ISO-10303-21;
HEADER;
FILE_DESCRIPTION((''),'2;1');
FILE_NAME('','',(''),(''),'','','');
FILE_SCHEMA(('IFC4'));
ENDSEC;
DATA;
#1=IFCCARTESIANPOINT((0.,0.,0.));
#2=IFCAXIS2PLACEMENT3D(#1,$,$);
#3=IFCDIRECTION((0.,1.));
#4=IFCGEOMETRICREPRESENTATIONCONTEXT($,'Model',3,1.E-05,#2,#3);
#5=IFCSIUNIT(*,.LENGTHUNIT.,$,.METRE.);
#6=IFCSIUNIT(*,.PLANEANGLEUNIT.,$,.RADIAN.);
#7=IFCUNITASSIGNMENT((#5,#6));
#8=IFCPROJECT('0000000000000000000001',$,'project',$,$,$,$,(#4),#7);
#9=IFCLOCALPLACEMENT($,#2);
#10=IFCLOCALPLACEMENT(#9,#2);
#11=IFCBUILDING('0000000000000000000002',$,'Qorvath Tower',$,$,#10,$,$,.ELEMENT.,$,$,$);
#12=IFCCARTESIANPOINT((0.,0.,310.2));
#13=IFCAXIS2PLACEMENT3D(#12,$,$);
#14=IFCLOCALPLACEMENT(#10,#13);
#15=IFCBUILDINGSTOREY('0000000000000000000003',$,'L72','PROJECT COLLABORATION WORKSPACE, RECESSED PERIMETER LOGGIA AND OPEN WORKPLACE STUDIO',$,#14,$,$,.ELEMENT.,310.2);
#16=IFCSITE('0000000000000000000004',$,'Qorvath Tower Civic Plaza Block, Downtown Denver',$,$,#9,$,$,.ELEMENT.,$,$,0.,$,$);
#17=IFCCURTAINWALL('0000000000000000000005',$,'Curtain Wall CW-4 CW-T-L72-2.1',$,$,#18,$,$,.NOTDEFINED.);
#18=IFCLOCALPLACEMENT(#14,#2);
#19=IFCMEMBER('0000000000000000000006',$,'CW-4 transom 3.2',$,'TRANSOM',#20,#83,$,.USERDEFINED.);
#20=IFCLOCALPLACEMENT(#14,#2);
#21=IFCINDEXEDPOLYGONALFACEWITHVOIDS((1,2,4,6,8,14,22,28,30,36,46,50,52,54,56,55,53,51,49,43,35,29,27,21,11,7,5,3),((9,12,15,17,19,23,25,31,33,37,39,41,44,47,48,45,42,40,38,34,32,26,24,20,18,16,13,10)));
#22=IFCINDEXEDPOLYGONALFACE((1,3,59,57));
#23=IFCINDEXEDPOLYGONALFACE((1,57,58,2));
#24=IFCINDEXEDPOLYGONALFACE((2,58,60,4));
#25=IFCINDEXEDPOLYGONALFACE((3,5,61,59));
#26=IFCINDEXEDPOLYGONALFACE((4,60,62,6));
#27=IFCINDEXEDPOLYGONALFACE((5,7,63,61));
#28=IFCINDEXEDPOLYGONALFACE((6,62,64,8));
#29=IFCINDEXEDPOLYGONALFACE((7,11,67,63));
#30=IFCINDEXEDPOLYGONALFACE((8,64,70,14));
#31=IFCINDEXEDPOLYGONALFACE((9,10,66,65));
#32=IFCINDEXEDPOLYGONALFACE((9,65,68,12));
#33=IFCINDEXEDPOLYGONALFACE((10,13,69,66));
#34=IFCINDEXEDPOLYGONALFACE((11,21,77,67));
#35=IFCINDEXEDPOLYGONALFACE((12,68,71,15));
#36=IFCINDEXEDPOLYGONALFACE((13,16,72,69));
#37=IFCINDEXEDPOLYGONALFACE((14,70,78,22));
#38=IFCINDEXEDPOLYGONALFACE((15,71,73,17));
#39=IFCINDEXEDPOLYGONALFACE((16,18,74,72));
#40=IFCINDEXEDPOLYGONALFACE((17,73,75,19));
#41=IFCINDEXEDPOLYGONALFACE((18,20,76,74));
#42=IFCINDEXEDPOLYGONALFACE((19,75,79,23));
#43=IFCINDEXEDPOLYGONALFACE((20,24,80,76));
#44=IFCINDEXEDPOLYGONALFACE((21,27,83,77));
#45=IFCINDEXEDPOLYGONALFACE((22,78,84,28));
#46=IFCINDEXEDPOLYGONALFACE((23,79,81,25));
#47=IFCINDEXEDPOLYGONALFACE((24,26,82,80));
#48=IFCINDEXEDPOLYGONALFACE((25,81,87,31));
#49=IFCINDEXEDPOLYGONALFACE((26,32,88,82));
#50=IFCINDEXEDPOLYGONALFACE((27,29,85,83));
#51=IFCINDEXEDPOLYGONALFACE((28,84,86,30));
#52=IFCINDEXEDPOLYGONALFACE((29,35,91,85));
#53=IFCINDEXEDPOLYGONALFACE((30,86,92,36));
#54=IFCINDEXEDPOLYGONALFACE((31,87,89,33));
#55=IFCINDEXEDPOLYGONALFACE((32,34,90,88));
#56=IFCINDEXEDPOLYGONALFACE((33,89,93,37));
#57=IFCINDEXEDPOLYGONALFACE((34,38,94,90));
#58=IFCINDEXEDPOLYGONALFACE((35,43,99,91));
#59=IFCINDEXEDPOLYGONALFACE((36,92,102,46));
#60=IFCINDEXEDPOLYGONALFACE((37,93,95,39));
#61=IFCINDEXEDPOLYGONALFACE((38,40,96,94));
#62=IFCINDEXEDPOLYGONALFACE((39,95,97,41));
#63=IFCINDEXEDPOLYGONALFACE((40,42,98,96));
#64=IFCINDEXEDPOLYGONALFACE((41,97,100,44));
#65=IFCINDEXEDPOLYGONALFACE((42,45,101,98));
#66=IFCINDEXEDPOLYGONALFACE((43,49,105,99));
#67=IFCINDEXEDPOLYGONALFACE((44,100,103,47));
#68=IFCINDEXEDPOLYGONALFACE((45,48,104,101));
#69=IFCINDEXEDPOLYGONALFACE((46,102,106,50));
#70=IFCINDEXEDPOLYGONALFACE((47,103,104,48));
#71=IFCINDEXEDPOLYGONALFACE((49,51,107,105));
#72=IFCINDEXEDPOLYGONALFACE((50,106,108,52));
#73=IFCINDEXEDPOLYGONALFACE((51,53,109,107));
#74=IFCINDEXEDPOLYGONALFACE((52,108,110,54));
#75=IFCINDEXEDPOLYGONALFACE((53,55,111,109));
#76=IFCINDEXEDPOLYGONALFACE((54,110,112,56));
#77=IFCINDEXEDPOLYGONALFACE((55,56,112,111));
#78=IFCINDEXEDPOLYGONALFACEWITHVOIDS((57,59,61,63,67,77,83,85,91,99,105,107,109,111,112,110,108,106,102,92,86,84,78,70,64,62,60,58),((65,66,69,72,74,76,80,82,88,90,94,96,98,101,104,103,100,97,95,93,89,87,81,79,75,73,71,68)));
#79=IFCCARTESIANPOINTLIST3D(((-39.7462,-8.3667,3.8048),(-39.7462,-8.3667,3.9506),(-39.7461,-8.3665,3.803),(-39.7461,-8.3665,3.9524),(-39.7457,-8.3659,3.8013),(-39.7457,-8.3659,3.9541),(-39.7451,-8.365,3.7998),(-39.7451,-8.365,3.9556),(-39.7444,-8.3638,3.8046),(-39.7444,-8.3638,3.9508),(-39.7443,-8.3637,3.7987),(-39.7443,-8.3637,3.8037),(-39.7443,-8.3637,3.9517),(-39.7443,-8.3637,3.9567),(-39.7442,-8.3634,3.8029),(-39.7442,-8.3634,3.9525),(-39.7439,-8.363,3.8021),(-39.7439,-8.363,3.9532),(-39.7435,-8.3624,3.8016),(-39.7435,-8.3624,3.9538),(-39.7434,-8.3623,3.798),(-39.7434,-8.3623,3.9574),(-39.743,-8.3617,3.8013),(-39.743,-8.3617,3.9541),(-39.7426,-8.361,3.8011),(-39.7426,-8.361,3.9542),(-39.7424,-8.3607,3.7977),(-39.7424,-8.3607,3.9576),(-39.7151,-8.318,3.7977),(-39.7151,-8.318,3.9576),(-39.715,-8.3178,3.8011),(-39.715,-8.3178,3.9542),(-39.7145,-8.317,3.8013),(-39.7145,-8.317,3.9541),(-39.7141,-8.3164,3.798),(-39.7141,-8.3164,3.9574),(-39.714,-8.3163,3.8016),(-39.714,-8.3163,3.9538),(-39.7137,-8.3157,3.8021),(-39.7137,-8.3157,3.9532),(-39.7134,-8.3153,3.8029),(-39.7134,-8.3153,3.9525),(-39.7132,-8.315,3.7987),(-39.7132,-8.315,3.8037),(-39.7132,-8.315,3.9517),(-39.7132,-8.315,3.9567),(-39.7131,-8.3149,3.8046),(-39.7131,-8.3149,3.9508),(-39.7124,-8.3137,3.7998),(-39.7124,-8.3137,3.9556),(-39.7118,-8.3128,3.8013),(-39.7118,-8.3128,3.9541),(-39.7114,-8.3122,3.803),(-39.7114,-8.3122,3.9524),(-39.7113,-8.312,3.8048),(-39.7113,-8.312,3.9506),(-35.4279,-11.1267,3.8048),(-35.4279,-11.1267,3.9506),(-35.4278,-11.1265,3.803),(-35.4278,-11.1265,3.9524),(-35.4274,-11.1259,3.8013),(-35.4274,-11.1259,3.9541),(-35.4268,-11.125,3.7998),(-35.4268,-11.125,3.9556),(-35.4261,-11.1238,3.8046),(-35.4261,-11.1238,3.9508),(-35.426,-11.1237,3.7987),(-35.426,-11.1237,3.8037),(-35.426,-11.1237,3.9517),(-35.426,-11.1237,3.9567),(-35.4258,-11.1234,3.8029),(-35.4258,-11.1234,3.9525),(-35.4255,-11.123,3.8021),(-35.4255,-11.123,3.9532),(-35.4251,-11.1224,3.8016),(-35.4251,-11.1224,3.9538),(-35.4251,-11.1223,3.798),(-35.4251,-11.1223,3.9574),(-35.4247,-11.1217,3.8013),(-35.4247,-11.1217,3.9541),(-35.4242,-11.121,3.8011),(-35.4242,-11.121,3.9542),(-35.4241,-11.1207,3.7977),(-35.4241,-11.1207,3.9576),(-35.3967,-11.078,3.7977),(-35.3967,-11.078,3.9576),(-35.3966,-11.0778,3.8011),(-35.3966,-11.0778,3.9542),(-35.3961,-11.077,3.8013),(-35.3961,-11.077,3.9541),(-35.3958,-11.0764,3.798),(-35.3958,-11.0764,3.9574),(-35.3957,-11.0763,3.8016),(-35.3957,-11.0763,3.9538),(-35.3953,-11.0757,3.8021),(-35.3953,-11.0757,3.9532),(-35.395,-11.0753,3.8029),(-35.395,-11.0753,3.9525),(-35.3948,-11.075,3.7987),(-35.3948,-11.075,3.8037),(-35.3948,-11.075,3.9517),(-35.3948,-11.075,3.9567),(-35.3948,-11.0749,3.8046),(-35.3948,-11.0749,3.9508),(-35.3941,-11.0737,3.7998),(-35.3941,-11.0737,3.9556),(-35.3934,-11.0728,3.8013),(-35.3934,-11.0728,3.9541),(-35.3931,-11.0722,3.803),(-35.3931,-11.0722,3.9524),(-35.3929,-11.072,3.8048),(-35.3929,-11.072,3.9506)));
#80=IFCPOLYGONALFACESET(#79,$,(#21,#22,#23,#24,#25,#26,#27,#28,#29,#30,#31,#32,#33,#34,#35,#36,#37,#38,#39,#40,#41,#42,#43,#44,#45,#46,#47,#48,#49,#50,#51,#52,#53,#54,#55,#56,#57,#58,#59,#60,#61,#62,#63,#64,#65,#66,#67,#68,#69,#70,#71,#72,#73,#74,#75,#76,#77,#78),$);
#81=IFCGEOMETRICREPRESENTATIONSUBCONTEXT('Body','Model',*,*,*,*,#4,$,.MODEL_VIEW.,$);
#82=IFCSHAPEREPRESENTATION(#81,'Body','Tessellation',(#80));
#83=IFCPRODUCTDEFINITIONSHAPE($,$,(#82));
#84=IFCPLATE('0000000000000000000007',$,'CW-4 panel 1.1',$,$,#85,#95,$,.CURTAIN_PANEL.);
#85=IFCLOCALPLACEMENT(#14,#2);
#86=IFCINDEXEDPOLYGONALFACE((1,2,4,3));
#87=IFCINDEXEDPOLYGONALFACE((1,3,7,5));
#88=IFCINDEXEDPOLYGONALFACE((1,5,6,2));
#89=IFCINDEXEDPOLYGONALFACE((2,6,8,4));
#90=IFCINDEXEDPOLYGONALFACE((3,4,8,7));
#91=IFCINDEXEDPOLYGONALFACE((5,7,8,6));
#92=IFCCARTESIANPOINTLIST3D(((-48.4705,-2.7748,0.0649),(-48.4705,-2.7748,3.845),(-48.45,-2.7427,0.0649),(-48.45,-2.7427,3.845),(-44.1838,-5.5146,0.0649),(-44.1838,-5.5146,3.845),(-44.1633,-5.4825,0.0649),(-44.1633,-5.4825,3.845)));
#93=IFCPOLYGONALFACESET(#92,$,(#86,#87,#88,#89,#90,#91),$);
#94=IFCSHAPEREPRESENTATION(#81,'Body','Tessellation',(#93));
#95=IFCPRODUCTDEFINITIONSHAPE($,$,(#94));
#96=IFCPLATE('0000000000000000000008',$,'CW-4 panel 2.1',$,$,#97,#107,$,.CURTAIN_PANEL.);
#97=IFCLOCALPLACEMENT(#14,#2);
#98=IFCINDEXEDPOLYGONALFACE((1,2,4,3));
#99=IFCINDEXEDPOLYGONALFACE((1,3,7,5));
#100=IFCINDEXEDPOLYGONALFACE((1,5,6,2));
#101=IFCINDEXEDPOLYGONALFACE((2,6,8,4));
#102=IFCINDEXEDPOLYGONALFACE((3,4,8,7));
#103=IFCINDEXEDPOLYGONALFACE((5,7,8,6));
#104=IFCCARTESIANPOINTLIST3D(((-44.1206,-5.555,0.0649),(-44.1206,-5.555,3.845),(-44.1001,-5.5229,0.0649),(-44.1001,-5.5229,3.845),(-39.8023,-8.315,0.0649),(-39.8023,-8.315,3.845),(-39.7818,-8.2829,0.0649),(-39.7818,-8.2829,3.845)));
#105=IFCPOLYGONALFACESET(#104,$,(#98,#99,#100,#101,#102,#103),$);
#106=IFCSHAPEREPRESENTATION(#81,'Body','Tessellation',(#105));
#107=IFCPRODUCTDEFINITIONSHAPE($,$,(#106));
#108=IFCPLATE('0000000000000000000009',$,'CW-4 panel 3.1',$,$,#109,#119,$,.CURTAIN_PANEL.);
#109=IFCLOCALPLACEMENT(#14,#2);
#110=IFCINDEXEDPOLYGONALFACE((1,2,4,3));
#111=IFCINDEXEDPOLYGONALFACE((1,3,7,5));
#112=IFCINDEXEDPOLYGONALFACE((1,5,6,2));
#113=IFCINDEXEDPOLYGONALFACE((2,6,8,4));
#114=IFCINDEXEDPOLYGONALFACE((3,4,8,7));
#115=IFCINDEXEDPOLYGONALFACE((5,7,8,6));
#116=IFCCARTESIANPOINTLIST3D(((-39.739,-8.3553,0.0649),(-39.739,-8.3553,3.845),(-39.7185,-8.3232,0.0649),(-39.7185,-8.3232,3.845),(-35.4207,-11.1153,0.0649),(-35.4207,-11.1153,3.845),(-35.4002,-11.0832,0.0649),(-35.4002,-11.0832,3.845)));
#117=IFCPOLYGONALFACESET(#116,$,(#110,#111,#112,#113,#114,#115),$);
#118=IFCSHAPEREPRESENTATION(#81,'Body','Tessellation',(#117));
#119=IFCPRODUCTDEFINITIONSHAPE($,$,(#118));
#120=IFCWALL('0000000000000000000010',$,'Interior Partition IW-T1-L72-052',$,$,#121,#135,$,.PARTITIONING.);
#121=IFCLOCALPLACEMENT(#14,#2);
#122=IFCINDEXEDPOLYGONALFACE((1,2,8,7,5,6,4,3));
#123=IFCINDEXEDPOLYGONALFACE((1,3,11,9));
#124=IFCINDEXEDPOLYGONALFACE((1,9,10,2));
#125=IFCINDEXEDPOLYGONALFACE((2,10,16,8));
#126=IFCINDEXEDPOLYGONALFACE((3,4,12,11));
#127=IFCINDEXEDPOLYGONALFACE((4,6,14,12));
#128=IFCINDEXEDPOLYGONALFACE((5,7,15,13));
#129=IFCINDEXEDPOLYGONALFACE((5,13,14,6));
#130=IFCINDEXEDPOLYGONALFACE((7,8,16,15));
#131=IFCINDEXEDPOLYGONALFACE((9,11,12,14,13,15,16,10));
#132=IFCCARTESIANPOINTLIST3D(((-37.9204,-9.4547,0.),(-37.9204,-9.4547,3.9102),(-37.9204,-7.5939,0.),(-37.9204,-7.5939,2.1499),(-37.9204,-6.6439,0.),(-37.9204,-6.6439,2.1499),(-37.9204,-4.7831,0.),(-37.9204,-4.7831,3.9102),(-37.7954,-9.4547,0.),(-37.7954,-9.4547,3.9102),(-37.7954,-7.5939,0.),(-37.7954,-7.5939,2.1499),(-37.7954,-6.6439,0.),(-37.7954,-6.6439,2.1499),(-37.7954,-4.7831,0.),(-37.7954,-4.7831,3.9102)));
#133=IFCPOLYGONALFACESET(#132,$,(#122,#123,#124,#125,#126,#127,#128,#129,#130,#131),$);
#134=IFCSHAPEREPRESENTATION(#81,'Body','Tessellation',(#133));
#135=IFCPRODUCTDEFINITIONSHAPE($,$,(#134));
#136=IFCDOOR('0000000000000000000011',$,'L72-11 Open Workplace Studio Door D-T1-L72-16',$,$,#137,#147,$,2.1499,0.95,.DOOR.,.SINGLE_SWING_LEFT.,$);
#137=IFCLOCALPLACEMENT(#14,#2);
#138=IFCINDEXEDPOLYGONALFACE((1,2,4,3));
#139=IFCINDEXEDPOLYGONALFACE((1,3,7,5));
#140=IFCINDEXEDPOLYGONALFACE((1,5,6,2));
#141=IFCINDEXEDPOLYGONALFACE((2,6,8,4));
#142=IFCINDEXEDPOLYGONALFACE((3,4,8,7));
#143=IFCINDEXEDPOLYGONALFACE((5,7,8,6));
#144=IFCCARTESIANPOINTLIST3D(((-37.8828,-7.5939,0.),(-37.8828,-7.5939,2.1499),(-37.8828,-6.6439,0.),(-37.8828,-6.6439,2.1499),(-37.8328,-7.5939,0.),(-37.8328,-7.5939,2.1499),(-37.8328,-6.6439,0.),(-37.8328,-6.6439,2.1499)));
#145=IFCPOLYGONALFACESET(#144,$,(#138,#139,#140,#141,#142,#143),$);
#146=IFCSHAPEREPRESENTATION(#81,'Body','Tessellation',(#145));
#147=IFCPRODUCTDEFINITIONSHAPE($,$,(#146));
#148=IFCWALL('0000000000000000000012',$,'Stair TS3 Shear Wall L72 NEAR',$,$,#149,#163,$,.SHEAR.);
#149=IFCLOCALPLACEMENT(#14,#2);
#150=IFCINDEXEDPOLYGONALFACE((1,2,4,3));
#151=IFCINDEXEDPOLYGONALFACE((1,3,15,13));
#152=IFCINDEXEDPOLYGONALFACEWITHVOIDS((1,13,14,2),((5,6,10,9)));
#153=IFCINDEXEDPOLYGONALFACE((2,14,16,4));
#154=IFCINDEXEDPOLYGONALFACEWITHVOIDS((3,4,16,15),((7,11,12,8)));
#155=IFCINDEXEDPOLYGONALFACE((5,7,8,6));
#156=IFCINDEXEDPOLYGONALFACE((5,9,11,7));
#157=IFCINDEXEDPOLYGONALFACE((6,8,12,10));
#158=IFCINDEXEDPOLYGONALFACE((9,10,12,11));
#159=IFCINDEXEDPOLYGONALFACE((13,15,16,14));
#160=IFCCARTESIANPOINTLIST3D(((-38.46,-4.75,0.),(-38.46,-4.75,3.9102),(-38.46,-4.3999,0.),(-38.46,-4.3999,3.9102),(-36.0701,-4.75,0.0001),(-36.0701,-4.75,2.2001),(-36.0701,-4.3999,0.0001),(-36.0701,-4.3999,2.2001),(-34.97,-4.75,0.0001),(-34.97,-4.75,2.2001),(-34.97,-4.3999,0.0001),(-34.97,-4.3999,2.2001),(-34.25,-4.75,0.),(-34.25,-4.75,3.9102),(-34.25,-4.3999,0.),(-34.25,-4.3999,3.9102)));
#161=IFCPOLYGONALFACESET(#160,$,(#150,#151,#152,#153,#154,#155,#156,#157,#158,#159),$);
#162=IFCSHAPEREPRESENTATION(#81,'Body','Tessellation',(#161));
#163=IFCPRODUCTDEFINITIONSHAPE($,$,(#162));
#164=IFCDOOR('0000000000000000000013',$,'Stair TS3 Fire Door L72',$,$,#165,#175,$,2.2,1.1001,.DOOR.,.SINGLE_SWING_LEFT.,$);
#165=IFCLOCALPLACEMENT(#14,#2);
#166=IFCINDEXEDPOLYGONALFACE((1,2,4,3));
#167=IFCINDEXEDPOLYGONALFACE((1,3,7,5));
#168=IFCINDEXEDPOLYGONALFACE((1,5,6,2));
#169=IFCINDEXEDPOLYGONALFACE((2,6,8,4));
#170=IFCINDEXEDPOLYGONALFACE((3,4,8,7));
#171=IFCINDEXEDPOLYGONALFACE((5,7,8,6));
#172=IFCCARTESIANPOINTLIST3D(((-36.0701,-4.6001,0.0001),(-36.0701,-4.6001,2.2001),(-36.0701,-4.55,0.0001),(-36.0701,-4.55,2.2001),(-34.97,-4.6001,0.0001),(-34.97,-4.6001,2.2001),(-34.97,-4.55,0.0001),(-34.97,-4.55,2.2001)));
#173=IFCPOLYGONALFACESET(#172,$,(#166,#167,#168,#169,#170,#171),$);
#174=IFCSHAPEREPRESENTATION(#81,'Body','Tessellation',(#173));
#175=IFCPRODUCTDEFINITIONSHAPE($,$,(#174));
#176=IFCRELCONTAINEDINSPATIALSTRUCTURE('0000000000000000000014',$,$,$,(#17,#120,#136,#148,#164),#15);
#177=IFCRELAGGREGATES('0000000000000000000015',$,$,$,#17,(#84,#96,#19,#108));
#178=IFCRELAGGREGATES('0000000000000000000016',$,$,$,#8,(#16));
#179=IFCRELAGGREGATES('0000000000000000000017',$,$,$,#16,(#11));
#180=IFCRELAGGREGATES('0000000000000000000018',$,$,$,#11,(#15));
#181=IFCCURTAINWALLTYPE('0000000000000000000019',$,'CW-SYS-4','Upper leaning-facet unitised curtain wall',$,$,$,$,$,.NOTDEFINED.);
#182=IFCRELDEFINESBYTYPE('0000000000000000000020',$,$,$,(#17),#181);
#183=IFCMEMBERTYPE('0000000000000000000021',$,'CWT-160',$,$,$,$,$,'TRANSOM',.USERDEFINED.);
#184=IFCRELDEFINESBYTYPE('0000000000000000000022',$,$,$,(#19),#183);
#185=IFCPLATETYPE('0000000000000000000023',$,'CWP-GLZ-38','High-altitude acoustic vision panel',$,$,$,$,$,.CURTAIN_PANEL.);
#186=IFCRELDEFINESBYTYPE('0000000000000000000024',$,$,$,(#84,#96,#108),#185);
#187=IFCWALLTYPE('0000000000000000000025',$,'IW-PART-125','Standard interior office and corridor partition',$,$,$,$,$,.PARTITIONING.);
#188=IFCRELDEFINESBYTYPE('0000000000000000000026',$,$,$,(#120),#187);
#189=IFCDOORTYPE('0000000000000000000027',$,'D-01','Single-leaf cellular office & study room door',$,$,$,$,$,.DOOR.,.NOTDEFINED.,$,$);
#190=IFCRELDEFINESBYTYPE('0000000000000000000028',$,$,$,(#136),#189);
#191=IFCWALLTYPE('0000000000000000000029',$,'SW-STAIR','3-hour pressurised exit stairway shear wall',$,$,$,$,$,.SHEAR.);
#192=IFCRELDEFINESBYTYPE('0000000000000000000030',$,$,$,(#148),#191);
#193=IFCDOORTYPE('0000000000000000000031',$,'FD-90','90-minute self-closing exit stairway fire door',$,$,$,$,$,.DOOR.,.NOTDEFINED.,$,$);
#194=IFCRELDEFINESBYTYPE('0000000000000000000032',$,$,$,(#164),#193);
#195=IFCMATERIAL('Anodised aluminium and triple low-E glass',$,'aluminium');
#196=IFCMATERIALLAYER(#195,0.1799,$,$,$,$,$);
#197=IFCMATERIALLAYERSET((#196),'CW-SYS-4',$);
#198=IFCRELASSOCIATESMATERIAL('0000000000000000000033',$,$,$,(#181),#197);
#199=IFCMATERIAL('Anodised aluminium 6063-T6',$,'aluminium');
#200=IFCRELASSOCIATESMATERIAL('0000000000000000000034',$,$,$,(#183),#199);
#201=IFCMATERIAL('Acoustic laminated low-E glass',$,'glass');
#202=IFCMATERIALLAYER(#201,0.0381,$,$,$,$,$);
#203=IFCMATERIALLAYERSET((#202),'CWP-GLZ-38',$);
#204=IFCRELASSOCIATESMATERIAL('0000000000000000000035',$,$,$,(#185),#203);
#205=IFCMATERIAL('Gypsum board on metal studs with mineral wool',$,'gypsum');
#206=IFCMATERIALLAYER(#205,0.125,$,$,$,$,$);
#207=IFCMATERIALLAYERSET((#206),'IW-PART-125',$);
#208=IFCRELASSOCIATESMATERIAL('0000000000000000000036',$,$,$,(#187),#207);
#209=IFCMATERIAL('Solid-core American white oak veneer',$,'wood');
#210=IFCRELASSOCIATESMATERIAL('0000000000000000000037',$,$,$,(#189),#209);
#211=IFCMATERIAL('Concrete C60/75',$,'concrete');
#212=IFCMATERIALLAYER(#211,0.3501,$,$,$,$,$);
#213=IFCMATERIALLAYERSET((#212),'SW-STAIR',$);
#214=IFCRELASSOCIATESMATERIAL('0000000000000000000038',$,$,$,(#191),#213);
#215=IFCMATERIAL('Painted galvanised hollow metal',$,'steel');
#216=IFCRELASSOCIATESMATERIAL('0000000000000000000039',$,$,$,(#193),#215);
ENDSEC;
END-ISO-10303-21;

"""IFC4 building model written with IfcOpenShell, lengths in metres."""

from ifc_helpers import new_model, si_unit, direction, frame, frame_2d, origin, origin_2d, place, context, subcontext, project, spatial, rectangle, hollow_rectangle, extrude, material, layer, layer_set, material_profile, profile_set, type_object, element, fill, aggregate, save


model = new_model("IFC4")

# Units and contexts
model_context = context("Model", 3, precision=1e-05, world=origin(), true_north=direction((0.0, 1.0)))
body_context = subcontext(model_context, "Body", "Model", "MODEL_VIEW")
ifc_project = project(units=[si_unit("LENGTHUNIT", "METRE"), si_unit("PLANEANGLEUNIT", "RADIAN")], contexts=[model_context])

# Site, building, storey
site_placement = place(None, origin())
site = spatial("IfcSite", under=ifc_project, at=site_placement, Name="Qorvath Tower Civic Plaza Block, Downtown Denver", CompositionType="ELEMENT", RefElevation=0.0)
building_placement = place(site_placement, origin())
building = spatial("IfcBuilding", under=site, at=building_placement, Name="Qorvath Tower", CompositionType="ELEMENT")
storey_placement = place(building_placement, frame((0.0, 0.0, 310.2)))
storey = spatial("IfcBuildingStorey", under=building, at=storey_placement, Name="L72", Description="PROJECT COLLABORATION WORKSPACE, RECESSED PERIMETER LOGGIA AND OPEN WORKPLACE STUDIO", CompositionType="ELEMENT", Elevation=310.2)

# Curtain wall, member, plates
ifc_material_1 = material(Name="Anodised aluminium and triple low-E glass", Category="aluminium")
ifc_layer_1 = layer(ifc_material_1, 0.1799)
ifc_layer_set_1 = layer_set([ifc_layer_1], Name="CW-SYS-4")
curtain_wall_type = type_object("IfcCurtainWallType", Name="CW-SYS-4", Description="Upper leaning-facet unitised curtain wall", PredefinedType="NOTDEFINED", material=ifc_layer_set_1)
curtain_wall_placement = place(storey_placement, origin())
curtain_wall = element("IfcCurtainWall", 1, at=curtain_wall_placement, inside=storey, type_object=curtain_wall_type, Name="Curtain Wall CW-4 CW-T-L72-2.1", PredefinedType="NOTDEFINED")
ifc_material_2 = material(Name="Anodised aluminium 6063-T6", Category="aluminium")
ifc_material_profile_1 = material_profile(ifc_material_2, hollow_rectangle(XDim=0.0649, YDim=0.1599, WallThickness=0.0034, InnerFilletRadius=0.0034, OuterFilletRadius=0.0071, at=origin_2d()), Name="CWT 160x65")
ifc_profile_set_1 = profile_set([ifc_material_profile_1], Name="Anodised aluminium 6063-T6")
member_type_1 = type_object("IfcMemberType", Name="CWT-160", ElementType="TRANSOM", PredefinedType="USERDEFINED", material=ifc_profile_set_1)
member_1_placement = place(storey_placement, frame((-39.7288, -8.3394, 3.8777), z_axis=(0.842603, -0.538536, 0.0), x_axis=(0.538536, 0.842603, 0.0)))
member_1 = element("IfcMember", 2, at=member_1_placement, type_object=member_type_1, Name="CW-4 transom 3.2", ObjectType="TRANSOM", PredefinedType="USERDEFINED", context=body_context, shape_type="SweptSolid", body=[
    extrude(hollow_rectangle(XDim=0.0649, YDim=0.1599, WallThickness=0.0034, InnerFilletRadius=0.0034, OuterFilletRadius=0.0071, at=origin_2d()), origin(), (0.0, 0.0, 1.0), 5.125),
])
ifc_material_3 = material(Name="Acoustic laminated low-E glass", Category="glass")
ifc_layer_2 = layer(ifc_material_3, 0.0381)
ifc_layer_set_2 = layer_set([ifc_layer_2], Name="CWP-GLZ-38")
plate_type = type_object("IfcPlateType", Name="CWP-GLZ-38", Description="High-altitude acoustic vision panel", PredefinedType="CURTAIN_PANEL", material=ifc_layer_set_2)
plate_1_placement = place(storey_placement, frame((-46.3169, -4.1287, 0.0649), z_axis=(0.0, 0.0, 1.0), x_axis=(0.842601, -0.538538, 0.0)))
plate_1 = element("IfcPlate", 3, at=plate_1_placement, type_object=plate_type, Name="CW-4 panel 1.1", PredefinedType="CURTAIN_PANEL", context=body_context, shape_type="SweptSolid", body=[
    extrude(rectangle(XDim=5.0874, YDim=0.0381, at=origin_2d()), origin(), (0.0, 0.0, 1.0), 3.78),
])
plate_2_placement = place(storey_placement, frame((-41.9512, -6.9189, 0.0649), z_axis=(0.0, 0.0, 1.0), x_axis=(0.842601, -0.538538, 0.0)))
plate_2 = element("IfcPlate", 4, at=plate_2_placement, type_object=plate_type, Name="CW-4 panel 2.1", PredefinedType="CURTAIN_PANEL", context=body_context, shape_type="SweptSolid", body=[
    extrude(rectangle(XDim=5.125, YDim=0.0381, at=origin_2d()), origin(), (0.0, 0.0, 1.0), 3.78),
])
plate_3_placement = place(storey_placement, frame((-37.5696, -9.7192, 0.0649), z_axis=(0.0, 0.0, 1.0), x_axis=(0.842601, -0.538538, 0.0)))
plate_3 = element("IfcPlate", 5, at=plate_3_placement, type_object=plate_type, Name="CW-4 panel 3.1", PredefinedType="CURTAIN_PANEL", context=body_context, shape_type="SweptSolid", body=[
    extrude(rectangle(XDim=5.125, YDim=0.0381, at=origin_2d()), origin(), (0.0, 0.0, 1.0), 3.78),
])
aggregate(curtain_wall, [plate_1, plate_2, member_1, plate_3])

# Walls, openings, doors
ifc_material_4 = material(Name="Gypsum board on metal studs with mineral wool", Category="gypsum")
ifc_layer_3 = layer(ifc_material_4, 0.125)
ifc_layer_set_3 = layer_set([ifc_layer_3], Name="IW-PART-125")
wall_type_1 = type_object("IfcWallType", Name="IW-PART-125", Description="Standard interior office and corridor partition", PredefinedType="PARTITIONING", material=ifc_layer_set_3)
wall_1_placement = place(storey_placement, frame((-37.8579, -9.4548, 0.0), z_axis=(0.0, 0.0, 1.0), x_axis=(0.0, 1.0, 0.0)))
wall_1 = element("IfcWall", 6, at=wall_1_placement, inside=storey, type_object=wall_type_1, Name="Interior Partition IW-T1-L72-052", PredefinedType="PARTITIONING", context=body_context, shape_type="SweptSolid", body=[
    extrude(rectangle(XDim=4.6716, YDim=0.125, at=frame_2d((2.3359, 0.0))), origin(), (0.0, 0.0, 1.0), 3.9102),
])
opening_1_placement = place(wall_1_placement, frame((1.8608, 0.0, 0.0)))
opening_1 = element("IfcOpeningElement", 7, at=opening_1_placement, cuts=wall_1, PredefinedType="OPENING", context=body_context, shape_type="SweptSolid", body=[
    extrude(rectangle(XDim=0.95, YDim=2.1499, at=frame_2d((0.4751, 1.075))), frame((0.0, 0.0725, 0.0), z_axis=(0.0, -1.0, 0.0), x_axis=(1.0, 0.0, 0.0)), (0.0, 0.0, 1.0), 0.145),
])
ifc_material_5 = material(Name="Solid-core American white oak veneer", Category="wood")
door_type_1 = type_object("IfcDoorType", Name="D-01", Description="Single-leaf cellular office & study room door", OperationType="NOTDEFINED", PredefinedType="DOOR", material=ifc_material_5)
door_1_placement = place(opening_1_placement, origin())
door_1 = element("IfcDoor", 8, at=door_1_placement, inside=storey, type_object=door_type_1, Name="L72-11 Open Workplace Studio Door D-T1-L72-16", OperationType="SINGLE_SWING_LEFT", OverallHeight=2.1499, OverallWidth=0.95, PredefinedType="DOOR", context=body_context, shape_type="SweptSolid", body=[
    extrude(rectangle(XDim=0.95, YDim=2.1499, at=frame_2d((0.4751, 1.075))), frame((0.0, 0.0249, 0.0), z_axis=(0.0, -1.0, 0.0), x_axis=(1.0, 0.0, 0.0)), (0.0, 0.0, 1.0), 0.05),
])
fill(opening_1, door_1)
ifc_material_6 = material(Name="Concrete C60/75", Category="concrete")
ifc_layer_4 = layer(ifc_material_6, 0.3501)
ifc_layer_set_4 = layer_set([ifc_layer_4], Name="SW-STAIR")
wall_type_2 = type_object("IfcWallType", Name="SW-STAIR", Description="3-hour pressurised exit stairway shear wall", PredefinedType="SHEAR", material=ifc_layer_set_4)
wall_2_placement = place(storey_placement, frame((-38.46, -4.575, 0.0), z_axis=(0.0, 0.0, 1.0), x_axis=(1.0, 0.0, 0.0)))
wall_2 = element("IfcWall", 9, at=wall_2_placement, inside=storey, type_object=wall_type_2, Name="Stair TS3 Shear Wall L72 NEAR", PredefinedType="SHEAR", context=body_context, shape_type="SweptSolid", body=[
    extrude(rectangle(XDim=4.21, YDim=0.3501, at=frame_2d((2.105, 0.0))), origin(), (0.0, 0.0, 1.0), 3.9102),
])
opening_2_placement = place(wall_2_placement, frame((2.3899, 0.0, 0.0)))
opening_2 = element("IfcOpeningElement", 10, at=opening_2_placement, cuts=wall_2, PredefinedType="OPENING", context=body_context, shape_type="SweptSolid", body=[
    extrude(rectangle(XDim=1.1001, YDim=2.2, at=frame_2d((0.55, 1.1001))), frame((0.0, 0.1851, 0.0), z_axis=(0.0, -1.0, 0.0), x_axis=(1.0, 0.0, 0.0)), (0.0, 0.0, 1.0), 0.3701),
])
ifc_material_7 = material(Name="Painted galvanised hollow metal", Category="steel")
door_type_2 = type_object("IfcDoorType", Name="FD-90", Description="90-minute self-closing exit stairway fire door", OperationType="NOTDEFINED", PredefinedType="DOOR", material=ifc_material_7)
door_2_placement = place(opening_2_placement, origin())
door_2 = element("IfcDoor", 11, at=door_2_placement, inside=storey, type_object=door_type_2, Name="Stair TS3 Fire Door L72", OperationType="SINGLE_SWING_LEFT", OverallHeight=2.2, OverallWidth=1.1001, PredefinedType="DOOR", context=body_context, shape_type="SweptSolid", body=[
    extrude(rectangle(XDim=1.1001, YDim=2.2, at=frame_2d((0.55, 1.1001))), frame((0.0, 0.0249, 0.0), z_axis=(0.0, -1.0, 0.0), x_axis=(1.0, 0.0, 0.0)), (0.0, 0.0, 1.0), 0.05),
])
fill(opening_2, door_2)

save(model, "model.ifc")
